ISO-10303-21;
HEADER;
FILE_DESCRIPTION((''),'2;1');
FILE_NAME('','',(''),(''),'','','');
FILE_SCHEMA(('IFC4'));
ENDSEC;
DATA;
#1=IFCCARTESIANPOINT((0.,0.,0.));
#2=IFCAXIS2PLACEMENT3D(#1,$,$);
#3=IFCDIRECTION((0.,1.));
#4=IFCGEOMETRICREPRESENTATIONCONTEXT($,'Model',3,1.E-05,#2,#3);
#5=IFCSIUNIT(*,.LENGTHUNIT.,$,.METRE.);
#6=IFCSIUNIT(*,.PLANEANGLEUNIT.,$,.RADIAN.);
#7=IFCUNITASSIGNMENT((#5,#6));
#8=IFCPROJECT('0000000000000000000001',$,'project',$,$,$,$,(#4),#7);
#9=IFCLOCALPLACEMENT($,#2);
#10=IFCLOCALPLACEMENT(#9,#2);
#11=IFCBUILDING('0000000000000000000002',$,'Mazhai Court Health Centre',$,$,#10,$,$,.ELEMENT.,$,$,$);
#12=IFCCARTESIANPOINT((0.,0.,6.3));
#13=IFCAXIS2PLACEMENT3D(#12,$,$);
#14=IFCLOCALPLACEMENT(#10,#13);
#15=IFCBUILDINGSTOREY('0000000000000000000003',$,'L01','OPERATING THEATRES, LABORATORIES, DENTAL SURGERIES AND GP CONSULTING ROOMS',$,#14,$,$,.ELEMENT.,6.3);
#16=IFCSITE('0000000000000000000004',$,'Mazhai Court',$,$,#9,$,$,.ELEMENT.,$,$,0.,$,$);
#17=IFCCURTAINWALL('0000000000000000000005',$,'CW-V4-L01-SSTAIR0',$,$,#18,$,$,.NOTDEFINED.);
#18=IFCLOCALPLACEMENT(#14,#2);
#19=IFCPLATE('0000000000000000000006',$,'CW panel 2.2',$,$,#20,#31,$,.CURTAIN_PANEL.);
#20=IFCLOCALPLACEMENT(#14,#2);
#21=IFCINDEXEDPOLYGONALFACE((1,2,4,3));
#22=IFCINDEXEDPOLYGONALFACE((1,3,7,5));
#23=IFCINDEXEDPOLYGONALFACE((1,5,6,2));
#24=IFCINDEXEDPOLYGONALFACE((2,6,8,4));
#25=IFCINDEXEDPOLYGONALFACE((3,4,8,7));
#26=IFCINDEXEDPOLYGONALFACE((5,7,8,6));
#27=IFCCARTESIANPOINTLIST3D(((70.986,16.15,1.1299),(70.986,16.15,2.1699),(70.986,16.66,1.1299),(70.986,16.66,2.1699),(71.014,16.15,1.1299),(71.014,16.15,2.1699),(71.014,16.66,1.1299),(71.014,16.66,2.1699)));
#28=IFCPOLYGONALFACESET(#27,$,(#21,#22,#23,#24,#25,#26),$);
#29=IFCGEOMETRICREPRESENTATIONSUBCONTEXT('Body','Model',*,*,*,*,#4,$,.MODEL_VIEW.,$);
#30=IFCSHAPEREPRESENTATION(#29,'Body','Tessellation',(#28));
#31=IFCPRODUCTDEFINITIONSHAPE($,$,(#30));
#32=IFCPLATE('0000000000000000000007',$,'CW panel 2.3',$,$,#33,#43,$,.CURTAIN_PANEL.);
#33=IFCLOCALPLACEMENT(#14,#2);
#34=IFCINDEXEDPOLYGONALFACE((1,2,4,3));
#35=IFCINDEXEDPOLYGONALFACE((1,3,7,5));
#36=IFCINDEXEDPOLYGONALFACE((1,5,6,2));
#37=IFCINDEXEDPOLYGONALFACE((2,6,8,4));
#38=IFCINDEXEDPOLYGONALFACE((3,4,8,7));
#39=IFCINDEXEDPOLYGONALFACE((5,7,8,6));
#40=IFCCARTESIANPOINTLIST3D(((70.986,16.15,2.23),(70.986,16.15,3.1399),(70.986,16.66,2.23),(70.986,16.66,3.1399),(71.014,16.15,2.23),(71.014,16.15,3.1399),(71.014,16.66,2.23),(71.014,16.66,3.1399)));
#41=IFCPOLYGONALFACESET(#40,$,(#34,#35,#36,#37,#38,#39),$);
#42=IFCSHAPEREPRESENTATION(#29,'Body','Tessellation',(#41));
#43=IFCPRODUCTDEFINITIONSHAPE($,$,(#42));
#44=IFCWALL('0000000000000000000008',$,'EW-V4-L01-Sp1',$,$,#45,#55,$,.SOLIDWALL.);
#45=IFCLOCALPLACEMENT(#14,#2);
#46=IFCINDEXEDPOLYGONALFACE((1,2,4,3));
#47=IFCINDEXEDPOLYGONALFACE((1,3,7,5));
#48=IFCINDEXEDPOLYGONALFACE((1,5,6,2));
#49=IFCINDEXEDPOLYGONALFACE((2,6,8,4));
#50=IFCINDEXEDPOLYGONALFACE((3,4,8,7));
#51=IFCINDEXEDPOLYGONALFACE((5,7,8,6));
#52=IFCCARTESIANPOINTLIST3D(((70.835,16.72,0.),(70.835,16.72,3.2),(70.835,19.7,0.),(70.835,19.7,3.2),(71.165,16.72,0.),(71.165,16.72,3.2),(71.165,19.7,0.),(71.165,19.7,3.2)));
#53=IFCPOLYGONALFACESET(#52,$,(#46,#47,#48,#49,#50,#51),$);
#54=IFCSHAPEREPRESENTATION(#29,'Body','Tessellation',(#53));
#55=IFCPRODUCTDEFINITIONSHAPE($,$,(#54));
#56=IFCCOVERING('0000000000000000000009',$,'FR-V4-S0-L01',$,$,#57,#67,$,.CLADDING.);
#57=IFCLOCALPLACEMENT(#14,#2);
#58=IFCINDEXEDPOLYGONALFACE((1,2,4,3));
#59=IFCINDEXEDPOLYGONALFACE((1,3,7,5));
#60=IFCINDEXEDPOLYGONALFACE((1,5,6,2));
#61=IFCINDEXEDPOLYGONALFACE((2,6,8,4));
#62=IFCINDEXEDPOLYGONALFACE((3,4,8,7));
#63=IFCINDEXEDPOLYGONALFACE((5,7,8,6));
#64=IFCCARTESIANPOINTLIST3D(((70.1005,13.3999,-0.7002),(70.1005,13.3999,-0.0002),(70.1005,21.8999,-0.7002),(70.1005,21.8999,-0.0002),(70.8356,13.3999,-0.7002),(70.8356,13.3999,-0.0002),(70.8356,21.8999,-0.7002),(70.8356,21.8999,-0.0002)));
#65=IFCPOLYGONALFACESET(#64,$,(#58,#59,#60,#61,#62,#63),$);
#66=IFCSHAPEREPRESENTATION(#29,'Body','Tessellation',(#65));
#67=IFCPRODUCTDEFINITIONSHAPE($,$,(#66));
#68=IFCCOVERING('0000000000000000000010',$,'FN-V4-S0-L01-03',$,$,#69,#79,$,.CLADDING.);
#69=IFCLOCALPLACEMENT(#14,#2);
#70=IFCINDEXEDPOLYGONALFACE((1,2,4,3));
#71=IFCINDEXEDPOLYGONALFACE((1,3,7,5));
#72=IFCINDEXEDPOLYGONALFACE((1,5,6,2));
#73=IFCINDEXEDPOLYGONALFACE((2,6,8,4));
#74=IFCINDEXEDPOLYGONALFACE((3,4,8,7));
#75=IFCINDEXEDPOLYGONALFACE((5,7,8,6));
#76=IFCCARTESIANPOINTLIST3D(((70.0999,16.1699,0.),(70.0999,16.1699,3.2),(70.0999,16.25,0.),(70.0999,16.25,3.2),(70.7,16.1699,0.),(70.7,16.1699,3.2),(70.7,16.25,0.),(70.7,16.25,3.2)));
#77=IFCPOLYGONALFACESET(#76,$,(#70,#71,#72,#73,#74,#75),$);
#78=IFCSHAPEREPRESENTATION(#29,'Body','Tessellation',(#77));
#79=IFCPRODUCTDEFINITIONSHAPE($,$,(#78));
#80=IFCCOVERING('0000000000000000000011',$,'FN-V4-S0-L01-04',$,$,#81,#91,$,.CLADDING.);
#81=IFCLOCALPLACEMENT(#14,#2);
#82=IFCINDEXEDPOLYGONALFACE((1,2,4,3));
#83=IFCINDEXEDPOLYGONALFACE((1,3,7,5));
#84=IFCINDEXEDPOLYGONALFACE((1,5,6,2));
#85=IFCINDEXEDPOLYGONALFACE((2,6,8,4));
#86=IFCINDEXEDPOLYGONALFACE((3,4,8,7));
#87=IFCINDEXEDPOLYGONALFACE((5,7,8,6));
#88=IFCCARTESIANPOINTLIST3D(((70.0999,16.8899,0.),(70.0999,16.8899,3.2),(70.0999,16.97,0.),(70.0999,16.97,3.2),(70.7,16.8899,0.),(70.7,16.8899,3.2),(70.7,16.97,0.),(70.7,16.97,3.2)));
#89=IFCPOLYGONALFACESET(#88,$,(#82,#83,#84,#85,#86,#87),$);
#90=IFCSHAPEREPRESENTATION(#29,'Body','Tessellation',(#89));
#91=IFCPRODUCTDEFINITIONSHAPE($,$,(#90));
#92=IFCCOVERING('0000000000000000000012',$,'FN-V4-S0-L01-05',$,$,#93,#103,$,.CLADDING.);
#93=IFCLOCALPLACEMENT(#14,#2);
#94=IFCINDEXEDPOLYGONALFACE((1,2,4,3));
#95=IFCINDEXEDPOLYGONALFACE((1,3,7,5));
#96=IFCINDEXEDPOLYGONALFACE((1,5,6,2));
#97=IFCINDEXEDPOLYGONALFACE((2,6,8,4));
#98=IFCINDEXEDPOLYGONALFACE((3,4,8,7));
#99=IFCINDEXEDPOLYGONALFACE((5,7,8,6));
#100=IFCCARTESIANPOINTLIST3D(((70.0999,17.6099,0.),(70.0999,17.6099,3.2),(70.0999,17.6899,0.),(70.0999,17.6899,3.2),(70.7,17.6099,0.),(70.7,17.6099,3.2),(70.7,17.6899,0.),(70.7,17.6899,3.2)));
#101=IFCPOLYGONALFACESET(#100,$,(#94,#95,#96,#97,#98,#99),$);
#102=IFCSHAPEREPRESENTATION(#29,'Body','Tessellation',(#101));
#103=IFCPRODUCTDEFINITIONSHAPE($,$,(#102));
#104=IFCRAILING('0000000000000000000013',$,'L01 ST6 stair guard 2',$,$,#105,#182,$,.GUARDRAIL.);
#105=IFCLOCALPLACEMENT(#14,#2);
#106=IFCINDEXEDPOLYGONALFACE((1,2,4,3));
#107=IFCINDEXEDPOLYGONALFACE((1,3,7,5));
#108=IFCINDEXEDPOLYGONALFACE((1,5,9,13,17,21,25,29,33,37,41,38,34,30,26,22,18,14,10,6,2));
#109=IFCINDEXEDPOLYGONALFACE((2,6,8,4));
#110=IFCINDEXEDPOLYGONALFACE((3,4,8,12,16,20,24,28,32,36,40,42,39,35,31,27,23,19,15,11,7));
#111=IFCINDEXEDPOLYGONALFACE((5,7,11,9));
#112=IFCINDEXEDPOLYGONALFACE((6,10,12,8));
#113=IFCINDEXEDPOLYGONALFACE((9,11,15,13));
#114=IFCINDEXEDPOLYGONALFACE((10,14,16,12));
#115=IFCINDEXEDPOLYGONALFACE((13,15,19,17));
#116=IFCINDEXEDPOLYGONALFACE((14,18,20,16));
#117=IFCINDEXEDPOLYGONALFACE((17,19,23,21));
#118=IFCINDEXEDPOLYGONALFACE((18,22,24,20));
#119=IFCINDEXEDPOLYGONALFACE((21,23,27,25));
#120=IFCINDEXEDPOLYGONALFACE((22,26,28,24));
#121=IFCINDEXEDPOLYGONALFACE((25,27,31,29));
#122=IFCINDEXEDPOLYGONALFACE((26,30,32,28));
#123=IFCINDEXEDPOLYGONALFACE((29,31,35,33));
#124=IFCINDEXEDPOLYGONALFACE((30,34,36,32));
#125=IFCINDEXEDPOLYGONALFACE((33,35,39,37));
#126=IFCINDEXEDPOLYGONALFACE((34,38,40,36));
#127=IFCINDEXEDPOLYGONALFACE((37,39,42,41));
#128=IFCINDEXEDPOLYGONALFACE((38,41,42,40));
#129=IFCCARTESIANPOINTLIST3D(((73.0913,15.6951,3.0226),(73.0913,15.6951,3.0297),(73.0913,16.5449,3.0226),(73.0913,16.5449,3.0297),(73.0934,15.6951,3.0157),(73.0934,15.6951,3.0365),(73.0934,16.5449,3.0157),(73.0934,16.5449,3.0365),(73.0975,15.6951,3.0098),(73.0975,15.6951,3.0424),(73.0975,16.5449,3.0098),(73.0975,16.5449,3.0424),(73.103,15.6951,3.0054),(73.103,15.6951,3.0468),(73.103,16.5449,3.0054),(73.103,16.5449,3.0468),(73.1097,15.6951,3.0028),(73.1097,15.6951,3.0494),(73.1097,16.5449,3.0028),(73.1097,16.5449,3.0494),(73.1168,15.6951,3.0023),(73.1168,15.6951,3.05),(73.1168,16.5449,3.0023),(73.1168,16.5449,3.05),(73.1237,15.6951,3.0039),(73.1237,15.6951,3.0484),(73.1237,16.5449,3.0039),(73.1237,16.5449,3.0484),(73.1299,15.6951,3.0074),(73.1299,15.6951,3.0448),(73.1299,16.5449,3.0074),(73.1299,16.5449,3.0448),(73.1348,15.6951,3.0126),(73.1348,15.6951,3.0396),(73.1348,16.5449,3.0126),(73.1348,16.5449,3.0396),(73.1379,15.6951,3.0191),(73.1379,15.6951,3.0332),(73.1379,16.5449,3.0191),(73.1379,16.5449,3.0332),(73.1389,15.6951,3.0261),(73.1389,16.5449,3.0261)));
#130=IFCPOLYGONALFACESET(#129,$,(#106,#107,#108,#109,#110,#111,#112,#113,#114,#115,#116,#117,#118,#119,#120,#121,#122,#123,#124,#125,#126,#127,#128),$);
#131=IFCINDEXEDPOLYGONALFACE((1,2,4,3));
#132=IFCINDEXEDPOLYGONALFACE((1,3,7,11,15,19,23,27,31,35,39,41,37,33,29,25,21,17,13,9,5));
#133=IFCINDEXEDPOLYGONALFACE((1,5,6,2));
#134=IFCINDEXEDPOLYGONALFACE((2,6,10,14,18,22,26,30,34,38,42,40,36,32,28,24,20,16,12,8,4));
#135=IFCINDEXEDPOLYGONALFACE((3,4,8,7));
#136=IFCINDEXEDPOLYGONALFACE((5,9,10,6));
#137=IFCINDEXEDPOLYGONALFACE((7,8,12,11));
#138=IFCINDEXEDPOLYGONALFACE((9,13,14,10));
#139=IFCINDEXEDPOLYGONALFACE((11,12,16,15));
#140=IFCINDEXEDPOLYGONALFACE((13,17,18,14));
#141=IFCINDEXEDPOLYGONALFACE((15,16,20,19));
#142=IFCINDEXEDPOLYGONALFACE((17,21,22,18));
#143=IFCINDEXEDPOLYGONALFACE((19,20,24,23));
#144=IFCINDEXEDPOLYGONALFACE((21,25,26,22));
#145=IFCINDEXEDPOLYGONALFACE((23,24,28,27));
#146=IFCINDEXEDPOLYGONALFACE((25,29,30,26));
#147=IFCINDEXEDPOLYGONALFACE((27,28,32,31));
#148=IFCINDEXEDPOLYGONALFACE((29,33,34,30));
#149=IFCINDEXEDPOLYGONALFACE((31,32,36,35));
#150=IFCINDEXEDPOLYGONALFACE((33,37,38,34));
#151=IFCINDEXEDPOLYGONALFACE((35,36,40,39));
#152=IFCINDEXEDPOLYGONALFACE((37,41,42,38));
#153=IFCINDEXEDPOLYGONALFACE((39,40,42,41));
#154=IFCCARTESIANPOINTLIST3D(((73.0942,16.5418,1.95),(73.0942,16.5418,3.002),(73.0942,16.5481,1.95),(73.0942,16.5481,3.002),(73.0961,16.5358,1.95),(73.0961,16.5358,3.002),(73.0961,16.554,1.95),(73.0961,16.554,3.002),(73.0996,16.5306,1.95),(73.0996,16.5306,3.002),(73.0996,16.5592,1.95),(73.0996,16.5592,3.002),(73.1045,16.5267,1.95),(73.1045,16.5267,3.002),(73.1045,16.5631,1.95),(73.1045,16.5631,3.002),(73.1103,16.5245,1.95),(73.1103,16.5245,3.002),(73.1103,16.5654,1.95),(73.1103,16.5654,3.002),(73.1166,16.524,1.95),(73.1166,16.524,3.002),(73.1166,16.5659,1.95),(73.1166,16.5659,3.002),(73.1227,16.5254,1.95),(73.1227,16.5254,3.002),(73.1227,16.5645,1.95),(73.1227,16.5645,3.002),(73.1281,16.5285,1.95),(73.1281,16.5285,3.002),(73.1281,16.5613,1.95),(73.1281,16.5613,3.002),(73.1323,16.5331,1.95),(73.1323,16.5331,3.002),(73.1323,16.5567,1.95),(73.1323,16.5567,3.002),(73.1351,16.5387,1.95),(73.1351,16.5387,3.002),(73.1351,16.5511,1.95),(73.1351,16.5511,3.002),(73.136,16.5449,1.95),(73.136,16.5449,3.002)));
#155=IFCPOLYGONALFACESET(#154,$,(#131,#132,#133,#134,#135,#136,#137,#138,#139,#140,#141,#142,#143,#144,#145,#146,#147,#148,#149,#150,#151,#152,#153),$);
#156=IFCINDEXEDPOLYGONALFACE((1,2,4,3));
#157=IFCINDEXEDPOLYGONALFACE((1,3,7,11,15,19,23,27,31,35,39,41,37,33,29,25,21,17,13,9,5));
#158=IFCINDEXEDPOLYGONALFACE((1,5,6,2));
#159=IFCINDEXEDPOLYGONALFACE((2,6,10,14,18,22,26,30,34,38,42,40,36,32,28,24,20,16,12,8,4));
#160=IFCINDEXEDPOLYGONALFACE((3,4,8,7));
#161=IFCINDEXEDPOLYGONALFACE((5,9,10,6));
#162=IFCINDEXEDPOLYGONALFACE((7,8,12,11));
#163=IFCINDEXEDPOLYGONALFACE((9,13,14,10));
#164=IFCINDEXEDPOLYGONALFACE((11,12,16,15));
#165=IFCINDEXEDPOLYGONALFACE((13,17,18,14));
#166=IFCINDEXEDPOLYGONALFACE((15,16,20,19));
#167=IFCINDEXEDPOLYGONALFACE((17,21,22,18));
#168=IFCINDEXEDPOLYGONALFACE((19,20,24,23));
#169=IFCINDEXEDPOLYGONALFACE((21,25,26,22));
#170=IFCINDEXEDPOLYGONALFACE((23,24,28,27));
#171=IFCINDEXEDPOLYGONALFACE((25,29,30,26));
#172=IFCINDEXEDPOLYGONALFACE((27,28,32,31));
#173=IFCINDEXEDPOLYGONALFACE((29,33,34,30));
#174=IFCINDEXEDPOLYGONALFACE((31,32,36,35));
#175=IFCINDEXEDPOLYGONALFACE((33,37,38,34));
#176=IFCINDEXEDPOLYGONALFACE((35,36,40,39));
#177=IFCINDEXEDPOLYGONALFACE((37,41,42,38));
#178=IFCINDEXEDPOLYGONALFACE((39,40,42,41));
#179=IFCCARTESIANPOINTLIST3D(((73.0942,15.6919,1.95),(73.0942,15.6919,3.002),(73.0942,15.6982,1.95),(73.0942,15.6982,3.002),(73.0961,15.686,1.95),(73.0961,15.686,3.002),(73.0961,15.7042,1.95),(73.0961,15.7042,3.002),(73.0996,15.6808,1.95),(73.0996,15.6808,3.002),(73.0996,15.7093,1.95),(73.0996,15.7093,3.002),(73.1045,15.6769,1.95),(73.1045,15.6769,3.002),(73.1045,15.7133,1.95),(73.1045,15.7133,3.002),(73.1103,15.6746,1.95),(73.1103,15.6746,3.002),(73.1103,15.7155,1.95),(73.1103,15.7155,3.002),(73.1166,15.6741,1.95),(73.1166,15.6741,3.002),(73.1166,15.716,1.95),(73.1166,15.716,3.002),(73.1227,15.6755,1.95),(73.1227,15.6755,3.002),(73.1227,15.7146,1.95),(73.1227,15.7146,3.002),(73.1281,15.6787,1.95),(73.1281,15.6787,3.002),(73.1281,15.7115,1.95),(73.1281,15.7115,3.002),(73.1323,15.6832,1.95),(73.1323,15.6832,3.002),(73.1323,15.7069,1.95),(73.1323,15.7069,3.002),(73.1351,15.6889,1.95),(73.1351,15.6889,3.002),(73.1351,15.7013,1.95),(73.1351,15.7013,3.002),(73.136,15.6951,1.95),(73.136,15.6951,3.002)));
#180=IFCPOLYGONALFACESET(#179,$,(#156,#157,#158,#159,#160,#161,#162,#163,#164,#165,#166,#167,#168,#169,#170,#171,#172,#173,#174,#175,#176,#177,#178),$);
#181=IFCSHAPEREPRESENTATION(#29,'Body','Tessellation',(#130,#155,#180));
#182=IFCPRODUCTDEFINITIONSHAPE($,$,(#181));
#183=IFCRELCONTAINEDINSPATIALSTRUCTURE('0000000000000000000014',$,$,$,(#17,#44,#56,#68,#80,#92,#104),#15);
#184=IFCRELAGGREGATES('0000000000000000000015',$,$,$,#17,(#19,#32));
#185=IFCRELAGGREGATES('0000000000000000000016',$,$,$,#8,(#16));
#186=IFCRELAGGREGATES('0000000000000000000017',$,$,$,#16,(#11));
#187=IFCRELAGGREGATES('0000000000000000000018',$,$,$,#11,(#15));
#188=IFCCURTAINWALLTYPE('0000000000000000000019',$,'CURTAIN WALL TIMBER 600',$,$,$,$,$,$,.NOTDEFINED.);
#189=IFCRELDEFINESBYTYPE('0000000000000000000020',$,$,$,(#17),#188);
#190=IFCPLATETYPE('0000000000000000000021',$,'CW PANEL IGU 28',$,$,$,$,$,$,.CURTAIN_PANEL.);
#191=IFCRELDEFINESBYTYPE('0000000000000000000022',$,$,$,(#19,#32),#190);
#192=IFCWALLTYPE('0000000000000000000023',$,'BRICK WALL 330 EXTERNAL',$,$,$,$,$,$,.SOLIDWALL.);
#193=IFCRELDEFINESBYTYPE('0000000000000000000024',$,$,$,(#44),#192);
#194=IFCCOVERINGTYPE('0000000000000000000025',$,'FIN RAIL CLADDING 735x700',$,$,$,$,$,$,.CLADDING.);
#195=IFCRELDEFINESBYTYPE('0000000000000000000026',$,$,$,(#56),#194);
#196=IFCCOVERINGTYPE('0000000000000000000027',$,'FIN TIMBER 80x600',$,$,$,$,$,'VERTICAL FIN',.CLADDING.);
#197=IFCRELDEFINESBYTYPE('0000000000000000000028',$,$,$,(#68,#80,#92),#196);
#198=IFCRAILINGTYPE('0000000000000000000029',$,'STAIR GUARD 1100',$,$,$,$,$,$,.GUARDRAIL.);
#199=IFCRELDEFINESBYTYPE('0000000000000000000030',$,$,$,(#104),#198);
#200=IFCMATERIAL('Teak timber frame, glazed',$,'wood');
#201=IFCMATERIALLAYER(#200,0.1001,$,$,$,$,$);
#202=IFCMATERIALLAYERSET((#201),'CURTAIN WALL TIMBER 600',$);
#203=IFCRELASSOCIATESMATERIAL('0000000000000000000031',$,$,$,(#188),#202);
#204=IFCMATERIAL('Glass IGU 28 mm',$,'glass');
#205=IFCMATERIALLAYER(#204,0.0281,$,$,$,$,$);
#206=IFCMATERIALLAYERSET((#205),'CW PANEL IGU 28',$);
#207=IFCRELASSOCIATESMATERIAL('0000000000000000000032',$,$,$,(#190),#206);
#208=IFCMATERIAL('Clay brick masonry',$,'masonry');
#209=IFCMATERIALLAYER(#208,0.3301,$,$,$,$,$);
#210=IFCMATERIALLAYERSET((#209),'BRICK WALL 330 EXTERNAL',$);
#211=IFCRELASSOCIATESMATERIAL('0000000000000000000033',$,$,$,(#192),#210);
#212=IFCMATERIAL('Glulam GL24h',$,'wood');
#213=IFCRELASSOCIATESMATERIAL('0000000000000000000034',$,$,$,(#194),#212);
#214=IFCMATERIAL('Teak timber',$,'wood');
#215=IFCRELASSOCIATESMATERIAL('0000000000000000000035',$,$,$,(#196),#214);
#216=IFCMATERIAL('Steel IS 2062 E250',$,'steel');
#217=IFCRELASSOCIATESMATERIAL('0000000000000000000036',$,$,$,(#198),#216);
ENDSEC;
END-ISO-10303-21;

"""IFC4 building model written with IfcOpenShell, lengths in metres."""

from ifc_helpers import new_model, si_unit, direction, frame, frame_2d, origin, origin_2d, place, context, subcontext, project, spatial, rectangle, circle, extrude, material, layer, layer_set, type_object, element, aggregate, save


model = new_model("IFC4")

# Units and contexts
model_context = context("Model", 3, precision=1e-05, world=origin(), true_north=direction((0.0, 1.0)))
body_context = subcontext(model_context, "Body", "Model", "MODEL_VIEW")
ifc_project = project(units=[si_unit("LENGTHUNIT", "METRE"), si_unit("PLANEANGLEUNIT", "RADIAN")], contexts=[model_context])

# Site, building, storey
site_placement = place(None, origin())
site = spatial("IfcSite", under=ifc_project, at=site_placement, Name="Mazhai Court", CompositionType="ELEMENT", RefElevation=0.0)
building_placement = place(site_placement, origin())
building = spatial("IfcBuilding", under=site, at=building_placement, Name="Mazhai Court Health Centre", CompositionType="ELEMENT")
storey_placement = place(building_placement, frame((0.0, 0.0, 6.3)))
storey = spatial("IfcBuildingStorey", under=building, at=storey_placement, Name="L01", Description="OPERATING THEATRES, LABORATORIES, DENTAL SURGERIES AND GP CONSULTING ROOMS", CompositionType="ELEMENT", Elevation=6.3)

# Curtain wall, plates
ifc_material_1 = material(Name="Teak timber frame, glazed", Category="wood")
ifc_layer_1 = layer(ifc_material_1, 0.1001)
ifc_layer_set_1 = layer_set([ifc_layer_1], Name="CURTAIN WALL TIMBER 600")
curtain_wall_type = type_object("IfcCurtainWallType", Name="CURTAIN WALL TIMBER 600", PredefinedType="NOTDEFINED", material=ifc_layer_set_1)
curtain_wall_placement = place(storey_placement, origin())
curtain_wall = element("IfcCurtainWall", 1, at=curtain_wall_placement, inside=storey, type_object=curtain_wall_type, Name="CW-V4-L01-SSTAIR0", PredefinedType="NOTDEFINED")
ifc_material_2 = material(Name="Glass IGU 28 mm", Category="glass")
ifc_layer_2 = layer(ifc_material_2, 0.0281)
ifc_layer_set_2 = layer_set([ifc_layer_2], Name="CW PANEL IGU 28")
plate_type = type_object("IfcPlateType", Name="CW PANEL IGU 28", PredefinedType="CURTAIN_PANEL", material=ifc_layer_set_2)
plate_1_placement = place(storey_placement, frame((71.0, 16.405, 1.1299), z_axis=(0.0, 0.0, 1.0), x_axis=(0.0, 1.0, 0.0)))
plate_1 = element("IfcPlate", 2, at=plate_1_placement, type_object=plate_type, Name="CW panel 2.2", PredefinedType="CURTAIN_PANEL", context=body_context, shape_type="SweptSolid", body=[
    extrude(rectangle(XDim=0.51, YDim=0.0281, at=origin_2d()), origin(), (0.0, 0.0, 1.0), 1.04),
])
plate_2_placement = place(storey_placement, frame((71.0, 16.405, 2.23), z_axis=(0.0, 0.0, 1.0), x_axis=(0.0, 1.0, 0.0)))
plate_2 = element("IfcPlate", 3, at=plate_2_placement, type_object=plate_type, Name="CW panel 2.3", PredefinedType="CURTAIN_PANEL", context=body_context, shape_type="SweptSolid", body=[
    extrude(rectangle(XDim=0.51, YDim=0.0281, at=origin_2d()), origin(), (0.0, 0.0, 1.0), 0.9099),
])
aggregate(curtain_wall, [plate_1, plate_2])

# Wall
ifc_material_3 = material(Name="Clay brick masonry", Category="masonry")
ifc_layer_3 = layer(ifc_material_3, 0.3301)
ifc_layer_set_3 = layer_set([ifc_layer_3], Name="BRICK WALL 330 EXTERNAL")
wall_type = type_object("IfcWallType", Name="BRICK WALL 330 EXTERNAL", PredefinedType="SOLIDWALL", material=ifc_layer_set_3)
wall_placement = place(storey_placement, frame((71.0, 16.72, 0.0), z_axis=(0.0, 0.0, 1.0), x_axis=(0.0, 1.0, 0.0)))
element("IfcWall", 4, at=wall_placement, inside=storey, type_object=wall_type, Name="EW-V4-L01-Sp1", PredefinedType="SOLIDWALL", context=body_context, shape_type="SweptSolid", body=[
    extrude(rectangle(XDim=2.98, YDim=0.3301, at=frame_2d((1.49, 0.0))), origin(), (0.0, 0.0, 1.0), 3.2),
])

# Coverings
ifc_material_4 = material(Name="Glulam GL24h", Category="wood")
covering_type_1 = type_object("IfcCoveringType", Name="FIN RAIL CLADDING 735x700", PredefinedType="CLADDING", material=ifc_material_4)
covering_placement = place(storey_placement, frame((70.468, 17.6499, -0.7002), z_axis=(0.0, 0.0, 1.0), x_axis=(1.0, 0.0, 0.0)))
element("IfcCovering", 5, at=covering_placement, inside=storey, type_object=covering_type_1, Name="FR-V4-S0-L01", PredefinedType="CLADDING", context=body_context, shape_type="SweptSolid", body=[
    extrude(rectangle(XDim=0.7351, YDim=8.5, at=origin_2d()), origin(), (0.0, 0.0, 1.0), 0.7),
])
ifc_material_5 = material(Name="Teak timber", Category="wood")
covering_type_2 = type_object("IfcCoveringType", Name="FIN TIMBER 80x600", ElementType="VERTICAL FIN", PredefinedType="CLADDING", material=ifc_material_5)
for number, where, z_axis, x_axis, name in (
    (6, (70.3999, 16.21, 0.0), (0.0, 0.0, 1.0), (0.0, 1.0, 0.0), "FN-V4-S0-L01-03"),
    (7, (70.3999, 16.9299, 0.0), (0.0, 0.0, 1.0), (0.0, 1.0, 0.0), "FN-V4-S0-L01-04"),
    (8, (70.3999, 17.6499, 0.0), (0.0, 0.0, 1.0), (0.0, 1.0, 0.0), "FN-V4-S0-L01-05"),
):
    element("IfcCovering", number, at=place(storey_placement, frame(where, z_axis=z_axis, x_axis=x_axis)), inside=storey, type_object=covering_type_2, Name=name, PredefinedType="CLADDING", context=body_context, shape_type="SweptSolid", body=[
        extrude(rectangle(XDim=0.0801, YDim=0.6001, at=origin_2d()), origin(), (0.0, 0.0, 1.0), 3.2),
    ])

# Railing
ifc_material_6 = material(Name="Steel IS 2062 E250", Category="steel")
railing_type = type_object("IfcRailingType", Name="STAIR GUARD 1100", PredefinedType="GUARDRAIL", material=ifc_material_6)
railing_1_placement = place(storey_placement, frame((73.115, 16.5449, 1.95)))
element("IfcRailing", 9, at=railing_1_placement, inside=storey, type_object=railing_type, Name="L01 ST6 stair guard 2", PredefinedType="GUARDRAIL", context=body_context, shape_type="SweptSolid", body=[
    extrude(circle(Radius=0.0239, at=origin_2d()), frame((0.0, 0.0, 1.0762), z_axis=(0.0, -1.0, 0.0), x_axis=(1.0, 0.0, 0.0)), (0.0, 0.0, 1.0), 0.8499),
    extrude(circle(Radius=0.021, at=origin_2d()), origin(), (0.0, 0.0, 1.0), 1.052),
    extrude(circle(Radius=0.021, at=origin_2d()), frame((0.0, -0.8499, 0.0)), (0.0, 0.0, 1.0), 1.052),
])

save(model, "model.ifc")
